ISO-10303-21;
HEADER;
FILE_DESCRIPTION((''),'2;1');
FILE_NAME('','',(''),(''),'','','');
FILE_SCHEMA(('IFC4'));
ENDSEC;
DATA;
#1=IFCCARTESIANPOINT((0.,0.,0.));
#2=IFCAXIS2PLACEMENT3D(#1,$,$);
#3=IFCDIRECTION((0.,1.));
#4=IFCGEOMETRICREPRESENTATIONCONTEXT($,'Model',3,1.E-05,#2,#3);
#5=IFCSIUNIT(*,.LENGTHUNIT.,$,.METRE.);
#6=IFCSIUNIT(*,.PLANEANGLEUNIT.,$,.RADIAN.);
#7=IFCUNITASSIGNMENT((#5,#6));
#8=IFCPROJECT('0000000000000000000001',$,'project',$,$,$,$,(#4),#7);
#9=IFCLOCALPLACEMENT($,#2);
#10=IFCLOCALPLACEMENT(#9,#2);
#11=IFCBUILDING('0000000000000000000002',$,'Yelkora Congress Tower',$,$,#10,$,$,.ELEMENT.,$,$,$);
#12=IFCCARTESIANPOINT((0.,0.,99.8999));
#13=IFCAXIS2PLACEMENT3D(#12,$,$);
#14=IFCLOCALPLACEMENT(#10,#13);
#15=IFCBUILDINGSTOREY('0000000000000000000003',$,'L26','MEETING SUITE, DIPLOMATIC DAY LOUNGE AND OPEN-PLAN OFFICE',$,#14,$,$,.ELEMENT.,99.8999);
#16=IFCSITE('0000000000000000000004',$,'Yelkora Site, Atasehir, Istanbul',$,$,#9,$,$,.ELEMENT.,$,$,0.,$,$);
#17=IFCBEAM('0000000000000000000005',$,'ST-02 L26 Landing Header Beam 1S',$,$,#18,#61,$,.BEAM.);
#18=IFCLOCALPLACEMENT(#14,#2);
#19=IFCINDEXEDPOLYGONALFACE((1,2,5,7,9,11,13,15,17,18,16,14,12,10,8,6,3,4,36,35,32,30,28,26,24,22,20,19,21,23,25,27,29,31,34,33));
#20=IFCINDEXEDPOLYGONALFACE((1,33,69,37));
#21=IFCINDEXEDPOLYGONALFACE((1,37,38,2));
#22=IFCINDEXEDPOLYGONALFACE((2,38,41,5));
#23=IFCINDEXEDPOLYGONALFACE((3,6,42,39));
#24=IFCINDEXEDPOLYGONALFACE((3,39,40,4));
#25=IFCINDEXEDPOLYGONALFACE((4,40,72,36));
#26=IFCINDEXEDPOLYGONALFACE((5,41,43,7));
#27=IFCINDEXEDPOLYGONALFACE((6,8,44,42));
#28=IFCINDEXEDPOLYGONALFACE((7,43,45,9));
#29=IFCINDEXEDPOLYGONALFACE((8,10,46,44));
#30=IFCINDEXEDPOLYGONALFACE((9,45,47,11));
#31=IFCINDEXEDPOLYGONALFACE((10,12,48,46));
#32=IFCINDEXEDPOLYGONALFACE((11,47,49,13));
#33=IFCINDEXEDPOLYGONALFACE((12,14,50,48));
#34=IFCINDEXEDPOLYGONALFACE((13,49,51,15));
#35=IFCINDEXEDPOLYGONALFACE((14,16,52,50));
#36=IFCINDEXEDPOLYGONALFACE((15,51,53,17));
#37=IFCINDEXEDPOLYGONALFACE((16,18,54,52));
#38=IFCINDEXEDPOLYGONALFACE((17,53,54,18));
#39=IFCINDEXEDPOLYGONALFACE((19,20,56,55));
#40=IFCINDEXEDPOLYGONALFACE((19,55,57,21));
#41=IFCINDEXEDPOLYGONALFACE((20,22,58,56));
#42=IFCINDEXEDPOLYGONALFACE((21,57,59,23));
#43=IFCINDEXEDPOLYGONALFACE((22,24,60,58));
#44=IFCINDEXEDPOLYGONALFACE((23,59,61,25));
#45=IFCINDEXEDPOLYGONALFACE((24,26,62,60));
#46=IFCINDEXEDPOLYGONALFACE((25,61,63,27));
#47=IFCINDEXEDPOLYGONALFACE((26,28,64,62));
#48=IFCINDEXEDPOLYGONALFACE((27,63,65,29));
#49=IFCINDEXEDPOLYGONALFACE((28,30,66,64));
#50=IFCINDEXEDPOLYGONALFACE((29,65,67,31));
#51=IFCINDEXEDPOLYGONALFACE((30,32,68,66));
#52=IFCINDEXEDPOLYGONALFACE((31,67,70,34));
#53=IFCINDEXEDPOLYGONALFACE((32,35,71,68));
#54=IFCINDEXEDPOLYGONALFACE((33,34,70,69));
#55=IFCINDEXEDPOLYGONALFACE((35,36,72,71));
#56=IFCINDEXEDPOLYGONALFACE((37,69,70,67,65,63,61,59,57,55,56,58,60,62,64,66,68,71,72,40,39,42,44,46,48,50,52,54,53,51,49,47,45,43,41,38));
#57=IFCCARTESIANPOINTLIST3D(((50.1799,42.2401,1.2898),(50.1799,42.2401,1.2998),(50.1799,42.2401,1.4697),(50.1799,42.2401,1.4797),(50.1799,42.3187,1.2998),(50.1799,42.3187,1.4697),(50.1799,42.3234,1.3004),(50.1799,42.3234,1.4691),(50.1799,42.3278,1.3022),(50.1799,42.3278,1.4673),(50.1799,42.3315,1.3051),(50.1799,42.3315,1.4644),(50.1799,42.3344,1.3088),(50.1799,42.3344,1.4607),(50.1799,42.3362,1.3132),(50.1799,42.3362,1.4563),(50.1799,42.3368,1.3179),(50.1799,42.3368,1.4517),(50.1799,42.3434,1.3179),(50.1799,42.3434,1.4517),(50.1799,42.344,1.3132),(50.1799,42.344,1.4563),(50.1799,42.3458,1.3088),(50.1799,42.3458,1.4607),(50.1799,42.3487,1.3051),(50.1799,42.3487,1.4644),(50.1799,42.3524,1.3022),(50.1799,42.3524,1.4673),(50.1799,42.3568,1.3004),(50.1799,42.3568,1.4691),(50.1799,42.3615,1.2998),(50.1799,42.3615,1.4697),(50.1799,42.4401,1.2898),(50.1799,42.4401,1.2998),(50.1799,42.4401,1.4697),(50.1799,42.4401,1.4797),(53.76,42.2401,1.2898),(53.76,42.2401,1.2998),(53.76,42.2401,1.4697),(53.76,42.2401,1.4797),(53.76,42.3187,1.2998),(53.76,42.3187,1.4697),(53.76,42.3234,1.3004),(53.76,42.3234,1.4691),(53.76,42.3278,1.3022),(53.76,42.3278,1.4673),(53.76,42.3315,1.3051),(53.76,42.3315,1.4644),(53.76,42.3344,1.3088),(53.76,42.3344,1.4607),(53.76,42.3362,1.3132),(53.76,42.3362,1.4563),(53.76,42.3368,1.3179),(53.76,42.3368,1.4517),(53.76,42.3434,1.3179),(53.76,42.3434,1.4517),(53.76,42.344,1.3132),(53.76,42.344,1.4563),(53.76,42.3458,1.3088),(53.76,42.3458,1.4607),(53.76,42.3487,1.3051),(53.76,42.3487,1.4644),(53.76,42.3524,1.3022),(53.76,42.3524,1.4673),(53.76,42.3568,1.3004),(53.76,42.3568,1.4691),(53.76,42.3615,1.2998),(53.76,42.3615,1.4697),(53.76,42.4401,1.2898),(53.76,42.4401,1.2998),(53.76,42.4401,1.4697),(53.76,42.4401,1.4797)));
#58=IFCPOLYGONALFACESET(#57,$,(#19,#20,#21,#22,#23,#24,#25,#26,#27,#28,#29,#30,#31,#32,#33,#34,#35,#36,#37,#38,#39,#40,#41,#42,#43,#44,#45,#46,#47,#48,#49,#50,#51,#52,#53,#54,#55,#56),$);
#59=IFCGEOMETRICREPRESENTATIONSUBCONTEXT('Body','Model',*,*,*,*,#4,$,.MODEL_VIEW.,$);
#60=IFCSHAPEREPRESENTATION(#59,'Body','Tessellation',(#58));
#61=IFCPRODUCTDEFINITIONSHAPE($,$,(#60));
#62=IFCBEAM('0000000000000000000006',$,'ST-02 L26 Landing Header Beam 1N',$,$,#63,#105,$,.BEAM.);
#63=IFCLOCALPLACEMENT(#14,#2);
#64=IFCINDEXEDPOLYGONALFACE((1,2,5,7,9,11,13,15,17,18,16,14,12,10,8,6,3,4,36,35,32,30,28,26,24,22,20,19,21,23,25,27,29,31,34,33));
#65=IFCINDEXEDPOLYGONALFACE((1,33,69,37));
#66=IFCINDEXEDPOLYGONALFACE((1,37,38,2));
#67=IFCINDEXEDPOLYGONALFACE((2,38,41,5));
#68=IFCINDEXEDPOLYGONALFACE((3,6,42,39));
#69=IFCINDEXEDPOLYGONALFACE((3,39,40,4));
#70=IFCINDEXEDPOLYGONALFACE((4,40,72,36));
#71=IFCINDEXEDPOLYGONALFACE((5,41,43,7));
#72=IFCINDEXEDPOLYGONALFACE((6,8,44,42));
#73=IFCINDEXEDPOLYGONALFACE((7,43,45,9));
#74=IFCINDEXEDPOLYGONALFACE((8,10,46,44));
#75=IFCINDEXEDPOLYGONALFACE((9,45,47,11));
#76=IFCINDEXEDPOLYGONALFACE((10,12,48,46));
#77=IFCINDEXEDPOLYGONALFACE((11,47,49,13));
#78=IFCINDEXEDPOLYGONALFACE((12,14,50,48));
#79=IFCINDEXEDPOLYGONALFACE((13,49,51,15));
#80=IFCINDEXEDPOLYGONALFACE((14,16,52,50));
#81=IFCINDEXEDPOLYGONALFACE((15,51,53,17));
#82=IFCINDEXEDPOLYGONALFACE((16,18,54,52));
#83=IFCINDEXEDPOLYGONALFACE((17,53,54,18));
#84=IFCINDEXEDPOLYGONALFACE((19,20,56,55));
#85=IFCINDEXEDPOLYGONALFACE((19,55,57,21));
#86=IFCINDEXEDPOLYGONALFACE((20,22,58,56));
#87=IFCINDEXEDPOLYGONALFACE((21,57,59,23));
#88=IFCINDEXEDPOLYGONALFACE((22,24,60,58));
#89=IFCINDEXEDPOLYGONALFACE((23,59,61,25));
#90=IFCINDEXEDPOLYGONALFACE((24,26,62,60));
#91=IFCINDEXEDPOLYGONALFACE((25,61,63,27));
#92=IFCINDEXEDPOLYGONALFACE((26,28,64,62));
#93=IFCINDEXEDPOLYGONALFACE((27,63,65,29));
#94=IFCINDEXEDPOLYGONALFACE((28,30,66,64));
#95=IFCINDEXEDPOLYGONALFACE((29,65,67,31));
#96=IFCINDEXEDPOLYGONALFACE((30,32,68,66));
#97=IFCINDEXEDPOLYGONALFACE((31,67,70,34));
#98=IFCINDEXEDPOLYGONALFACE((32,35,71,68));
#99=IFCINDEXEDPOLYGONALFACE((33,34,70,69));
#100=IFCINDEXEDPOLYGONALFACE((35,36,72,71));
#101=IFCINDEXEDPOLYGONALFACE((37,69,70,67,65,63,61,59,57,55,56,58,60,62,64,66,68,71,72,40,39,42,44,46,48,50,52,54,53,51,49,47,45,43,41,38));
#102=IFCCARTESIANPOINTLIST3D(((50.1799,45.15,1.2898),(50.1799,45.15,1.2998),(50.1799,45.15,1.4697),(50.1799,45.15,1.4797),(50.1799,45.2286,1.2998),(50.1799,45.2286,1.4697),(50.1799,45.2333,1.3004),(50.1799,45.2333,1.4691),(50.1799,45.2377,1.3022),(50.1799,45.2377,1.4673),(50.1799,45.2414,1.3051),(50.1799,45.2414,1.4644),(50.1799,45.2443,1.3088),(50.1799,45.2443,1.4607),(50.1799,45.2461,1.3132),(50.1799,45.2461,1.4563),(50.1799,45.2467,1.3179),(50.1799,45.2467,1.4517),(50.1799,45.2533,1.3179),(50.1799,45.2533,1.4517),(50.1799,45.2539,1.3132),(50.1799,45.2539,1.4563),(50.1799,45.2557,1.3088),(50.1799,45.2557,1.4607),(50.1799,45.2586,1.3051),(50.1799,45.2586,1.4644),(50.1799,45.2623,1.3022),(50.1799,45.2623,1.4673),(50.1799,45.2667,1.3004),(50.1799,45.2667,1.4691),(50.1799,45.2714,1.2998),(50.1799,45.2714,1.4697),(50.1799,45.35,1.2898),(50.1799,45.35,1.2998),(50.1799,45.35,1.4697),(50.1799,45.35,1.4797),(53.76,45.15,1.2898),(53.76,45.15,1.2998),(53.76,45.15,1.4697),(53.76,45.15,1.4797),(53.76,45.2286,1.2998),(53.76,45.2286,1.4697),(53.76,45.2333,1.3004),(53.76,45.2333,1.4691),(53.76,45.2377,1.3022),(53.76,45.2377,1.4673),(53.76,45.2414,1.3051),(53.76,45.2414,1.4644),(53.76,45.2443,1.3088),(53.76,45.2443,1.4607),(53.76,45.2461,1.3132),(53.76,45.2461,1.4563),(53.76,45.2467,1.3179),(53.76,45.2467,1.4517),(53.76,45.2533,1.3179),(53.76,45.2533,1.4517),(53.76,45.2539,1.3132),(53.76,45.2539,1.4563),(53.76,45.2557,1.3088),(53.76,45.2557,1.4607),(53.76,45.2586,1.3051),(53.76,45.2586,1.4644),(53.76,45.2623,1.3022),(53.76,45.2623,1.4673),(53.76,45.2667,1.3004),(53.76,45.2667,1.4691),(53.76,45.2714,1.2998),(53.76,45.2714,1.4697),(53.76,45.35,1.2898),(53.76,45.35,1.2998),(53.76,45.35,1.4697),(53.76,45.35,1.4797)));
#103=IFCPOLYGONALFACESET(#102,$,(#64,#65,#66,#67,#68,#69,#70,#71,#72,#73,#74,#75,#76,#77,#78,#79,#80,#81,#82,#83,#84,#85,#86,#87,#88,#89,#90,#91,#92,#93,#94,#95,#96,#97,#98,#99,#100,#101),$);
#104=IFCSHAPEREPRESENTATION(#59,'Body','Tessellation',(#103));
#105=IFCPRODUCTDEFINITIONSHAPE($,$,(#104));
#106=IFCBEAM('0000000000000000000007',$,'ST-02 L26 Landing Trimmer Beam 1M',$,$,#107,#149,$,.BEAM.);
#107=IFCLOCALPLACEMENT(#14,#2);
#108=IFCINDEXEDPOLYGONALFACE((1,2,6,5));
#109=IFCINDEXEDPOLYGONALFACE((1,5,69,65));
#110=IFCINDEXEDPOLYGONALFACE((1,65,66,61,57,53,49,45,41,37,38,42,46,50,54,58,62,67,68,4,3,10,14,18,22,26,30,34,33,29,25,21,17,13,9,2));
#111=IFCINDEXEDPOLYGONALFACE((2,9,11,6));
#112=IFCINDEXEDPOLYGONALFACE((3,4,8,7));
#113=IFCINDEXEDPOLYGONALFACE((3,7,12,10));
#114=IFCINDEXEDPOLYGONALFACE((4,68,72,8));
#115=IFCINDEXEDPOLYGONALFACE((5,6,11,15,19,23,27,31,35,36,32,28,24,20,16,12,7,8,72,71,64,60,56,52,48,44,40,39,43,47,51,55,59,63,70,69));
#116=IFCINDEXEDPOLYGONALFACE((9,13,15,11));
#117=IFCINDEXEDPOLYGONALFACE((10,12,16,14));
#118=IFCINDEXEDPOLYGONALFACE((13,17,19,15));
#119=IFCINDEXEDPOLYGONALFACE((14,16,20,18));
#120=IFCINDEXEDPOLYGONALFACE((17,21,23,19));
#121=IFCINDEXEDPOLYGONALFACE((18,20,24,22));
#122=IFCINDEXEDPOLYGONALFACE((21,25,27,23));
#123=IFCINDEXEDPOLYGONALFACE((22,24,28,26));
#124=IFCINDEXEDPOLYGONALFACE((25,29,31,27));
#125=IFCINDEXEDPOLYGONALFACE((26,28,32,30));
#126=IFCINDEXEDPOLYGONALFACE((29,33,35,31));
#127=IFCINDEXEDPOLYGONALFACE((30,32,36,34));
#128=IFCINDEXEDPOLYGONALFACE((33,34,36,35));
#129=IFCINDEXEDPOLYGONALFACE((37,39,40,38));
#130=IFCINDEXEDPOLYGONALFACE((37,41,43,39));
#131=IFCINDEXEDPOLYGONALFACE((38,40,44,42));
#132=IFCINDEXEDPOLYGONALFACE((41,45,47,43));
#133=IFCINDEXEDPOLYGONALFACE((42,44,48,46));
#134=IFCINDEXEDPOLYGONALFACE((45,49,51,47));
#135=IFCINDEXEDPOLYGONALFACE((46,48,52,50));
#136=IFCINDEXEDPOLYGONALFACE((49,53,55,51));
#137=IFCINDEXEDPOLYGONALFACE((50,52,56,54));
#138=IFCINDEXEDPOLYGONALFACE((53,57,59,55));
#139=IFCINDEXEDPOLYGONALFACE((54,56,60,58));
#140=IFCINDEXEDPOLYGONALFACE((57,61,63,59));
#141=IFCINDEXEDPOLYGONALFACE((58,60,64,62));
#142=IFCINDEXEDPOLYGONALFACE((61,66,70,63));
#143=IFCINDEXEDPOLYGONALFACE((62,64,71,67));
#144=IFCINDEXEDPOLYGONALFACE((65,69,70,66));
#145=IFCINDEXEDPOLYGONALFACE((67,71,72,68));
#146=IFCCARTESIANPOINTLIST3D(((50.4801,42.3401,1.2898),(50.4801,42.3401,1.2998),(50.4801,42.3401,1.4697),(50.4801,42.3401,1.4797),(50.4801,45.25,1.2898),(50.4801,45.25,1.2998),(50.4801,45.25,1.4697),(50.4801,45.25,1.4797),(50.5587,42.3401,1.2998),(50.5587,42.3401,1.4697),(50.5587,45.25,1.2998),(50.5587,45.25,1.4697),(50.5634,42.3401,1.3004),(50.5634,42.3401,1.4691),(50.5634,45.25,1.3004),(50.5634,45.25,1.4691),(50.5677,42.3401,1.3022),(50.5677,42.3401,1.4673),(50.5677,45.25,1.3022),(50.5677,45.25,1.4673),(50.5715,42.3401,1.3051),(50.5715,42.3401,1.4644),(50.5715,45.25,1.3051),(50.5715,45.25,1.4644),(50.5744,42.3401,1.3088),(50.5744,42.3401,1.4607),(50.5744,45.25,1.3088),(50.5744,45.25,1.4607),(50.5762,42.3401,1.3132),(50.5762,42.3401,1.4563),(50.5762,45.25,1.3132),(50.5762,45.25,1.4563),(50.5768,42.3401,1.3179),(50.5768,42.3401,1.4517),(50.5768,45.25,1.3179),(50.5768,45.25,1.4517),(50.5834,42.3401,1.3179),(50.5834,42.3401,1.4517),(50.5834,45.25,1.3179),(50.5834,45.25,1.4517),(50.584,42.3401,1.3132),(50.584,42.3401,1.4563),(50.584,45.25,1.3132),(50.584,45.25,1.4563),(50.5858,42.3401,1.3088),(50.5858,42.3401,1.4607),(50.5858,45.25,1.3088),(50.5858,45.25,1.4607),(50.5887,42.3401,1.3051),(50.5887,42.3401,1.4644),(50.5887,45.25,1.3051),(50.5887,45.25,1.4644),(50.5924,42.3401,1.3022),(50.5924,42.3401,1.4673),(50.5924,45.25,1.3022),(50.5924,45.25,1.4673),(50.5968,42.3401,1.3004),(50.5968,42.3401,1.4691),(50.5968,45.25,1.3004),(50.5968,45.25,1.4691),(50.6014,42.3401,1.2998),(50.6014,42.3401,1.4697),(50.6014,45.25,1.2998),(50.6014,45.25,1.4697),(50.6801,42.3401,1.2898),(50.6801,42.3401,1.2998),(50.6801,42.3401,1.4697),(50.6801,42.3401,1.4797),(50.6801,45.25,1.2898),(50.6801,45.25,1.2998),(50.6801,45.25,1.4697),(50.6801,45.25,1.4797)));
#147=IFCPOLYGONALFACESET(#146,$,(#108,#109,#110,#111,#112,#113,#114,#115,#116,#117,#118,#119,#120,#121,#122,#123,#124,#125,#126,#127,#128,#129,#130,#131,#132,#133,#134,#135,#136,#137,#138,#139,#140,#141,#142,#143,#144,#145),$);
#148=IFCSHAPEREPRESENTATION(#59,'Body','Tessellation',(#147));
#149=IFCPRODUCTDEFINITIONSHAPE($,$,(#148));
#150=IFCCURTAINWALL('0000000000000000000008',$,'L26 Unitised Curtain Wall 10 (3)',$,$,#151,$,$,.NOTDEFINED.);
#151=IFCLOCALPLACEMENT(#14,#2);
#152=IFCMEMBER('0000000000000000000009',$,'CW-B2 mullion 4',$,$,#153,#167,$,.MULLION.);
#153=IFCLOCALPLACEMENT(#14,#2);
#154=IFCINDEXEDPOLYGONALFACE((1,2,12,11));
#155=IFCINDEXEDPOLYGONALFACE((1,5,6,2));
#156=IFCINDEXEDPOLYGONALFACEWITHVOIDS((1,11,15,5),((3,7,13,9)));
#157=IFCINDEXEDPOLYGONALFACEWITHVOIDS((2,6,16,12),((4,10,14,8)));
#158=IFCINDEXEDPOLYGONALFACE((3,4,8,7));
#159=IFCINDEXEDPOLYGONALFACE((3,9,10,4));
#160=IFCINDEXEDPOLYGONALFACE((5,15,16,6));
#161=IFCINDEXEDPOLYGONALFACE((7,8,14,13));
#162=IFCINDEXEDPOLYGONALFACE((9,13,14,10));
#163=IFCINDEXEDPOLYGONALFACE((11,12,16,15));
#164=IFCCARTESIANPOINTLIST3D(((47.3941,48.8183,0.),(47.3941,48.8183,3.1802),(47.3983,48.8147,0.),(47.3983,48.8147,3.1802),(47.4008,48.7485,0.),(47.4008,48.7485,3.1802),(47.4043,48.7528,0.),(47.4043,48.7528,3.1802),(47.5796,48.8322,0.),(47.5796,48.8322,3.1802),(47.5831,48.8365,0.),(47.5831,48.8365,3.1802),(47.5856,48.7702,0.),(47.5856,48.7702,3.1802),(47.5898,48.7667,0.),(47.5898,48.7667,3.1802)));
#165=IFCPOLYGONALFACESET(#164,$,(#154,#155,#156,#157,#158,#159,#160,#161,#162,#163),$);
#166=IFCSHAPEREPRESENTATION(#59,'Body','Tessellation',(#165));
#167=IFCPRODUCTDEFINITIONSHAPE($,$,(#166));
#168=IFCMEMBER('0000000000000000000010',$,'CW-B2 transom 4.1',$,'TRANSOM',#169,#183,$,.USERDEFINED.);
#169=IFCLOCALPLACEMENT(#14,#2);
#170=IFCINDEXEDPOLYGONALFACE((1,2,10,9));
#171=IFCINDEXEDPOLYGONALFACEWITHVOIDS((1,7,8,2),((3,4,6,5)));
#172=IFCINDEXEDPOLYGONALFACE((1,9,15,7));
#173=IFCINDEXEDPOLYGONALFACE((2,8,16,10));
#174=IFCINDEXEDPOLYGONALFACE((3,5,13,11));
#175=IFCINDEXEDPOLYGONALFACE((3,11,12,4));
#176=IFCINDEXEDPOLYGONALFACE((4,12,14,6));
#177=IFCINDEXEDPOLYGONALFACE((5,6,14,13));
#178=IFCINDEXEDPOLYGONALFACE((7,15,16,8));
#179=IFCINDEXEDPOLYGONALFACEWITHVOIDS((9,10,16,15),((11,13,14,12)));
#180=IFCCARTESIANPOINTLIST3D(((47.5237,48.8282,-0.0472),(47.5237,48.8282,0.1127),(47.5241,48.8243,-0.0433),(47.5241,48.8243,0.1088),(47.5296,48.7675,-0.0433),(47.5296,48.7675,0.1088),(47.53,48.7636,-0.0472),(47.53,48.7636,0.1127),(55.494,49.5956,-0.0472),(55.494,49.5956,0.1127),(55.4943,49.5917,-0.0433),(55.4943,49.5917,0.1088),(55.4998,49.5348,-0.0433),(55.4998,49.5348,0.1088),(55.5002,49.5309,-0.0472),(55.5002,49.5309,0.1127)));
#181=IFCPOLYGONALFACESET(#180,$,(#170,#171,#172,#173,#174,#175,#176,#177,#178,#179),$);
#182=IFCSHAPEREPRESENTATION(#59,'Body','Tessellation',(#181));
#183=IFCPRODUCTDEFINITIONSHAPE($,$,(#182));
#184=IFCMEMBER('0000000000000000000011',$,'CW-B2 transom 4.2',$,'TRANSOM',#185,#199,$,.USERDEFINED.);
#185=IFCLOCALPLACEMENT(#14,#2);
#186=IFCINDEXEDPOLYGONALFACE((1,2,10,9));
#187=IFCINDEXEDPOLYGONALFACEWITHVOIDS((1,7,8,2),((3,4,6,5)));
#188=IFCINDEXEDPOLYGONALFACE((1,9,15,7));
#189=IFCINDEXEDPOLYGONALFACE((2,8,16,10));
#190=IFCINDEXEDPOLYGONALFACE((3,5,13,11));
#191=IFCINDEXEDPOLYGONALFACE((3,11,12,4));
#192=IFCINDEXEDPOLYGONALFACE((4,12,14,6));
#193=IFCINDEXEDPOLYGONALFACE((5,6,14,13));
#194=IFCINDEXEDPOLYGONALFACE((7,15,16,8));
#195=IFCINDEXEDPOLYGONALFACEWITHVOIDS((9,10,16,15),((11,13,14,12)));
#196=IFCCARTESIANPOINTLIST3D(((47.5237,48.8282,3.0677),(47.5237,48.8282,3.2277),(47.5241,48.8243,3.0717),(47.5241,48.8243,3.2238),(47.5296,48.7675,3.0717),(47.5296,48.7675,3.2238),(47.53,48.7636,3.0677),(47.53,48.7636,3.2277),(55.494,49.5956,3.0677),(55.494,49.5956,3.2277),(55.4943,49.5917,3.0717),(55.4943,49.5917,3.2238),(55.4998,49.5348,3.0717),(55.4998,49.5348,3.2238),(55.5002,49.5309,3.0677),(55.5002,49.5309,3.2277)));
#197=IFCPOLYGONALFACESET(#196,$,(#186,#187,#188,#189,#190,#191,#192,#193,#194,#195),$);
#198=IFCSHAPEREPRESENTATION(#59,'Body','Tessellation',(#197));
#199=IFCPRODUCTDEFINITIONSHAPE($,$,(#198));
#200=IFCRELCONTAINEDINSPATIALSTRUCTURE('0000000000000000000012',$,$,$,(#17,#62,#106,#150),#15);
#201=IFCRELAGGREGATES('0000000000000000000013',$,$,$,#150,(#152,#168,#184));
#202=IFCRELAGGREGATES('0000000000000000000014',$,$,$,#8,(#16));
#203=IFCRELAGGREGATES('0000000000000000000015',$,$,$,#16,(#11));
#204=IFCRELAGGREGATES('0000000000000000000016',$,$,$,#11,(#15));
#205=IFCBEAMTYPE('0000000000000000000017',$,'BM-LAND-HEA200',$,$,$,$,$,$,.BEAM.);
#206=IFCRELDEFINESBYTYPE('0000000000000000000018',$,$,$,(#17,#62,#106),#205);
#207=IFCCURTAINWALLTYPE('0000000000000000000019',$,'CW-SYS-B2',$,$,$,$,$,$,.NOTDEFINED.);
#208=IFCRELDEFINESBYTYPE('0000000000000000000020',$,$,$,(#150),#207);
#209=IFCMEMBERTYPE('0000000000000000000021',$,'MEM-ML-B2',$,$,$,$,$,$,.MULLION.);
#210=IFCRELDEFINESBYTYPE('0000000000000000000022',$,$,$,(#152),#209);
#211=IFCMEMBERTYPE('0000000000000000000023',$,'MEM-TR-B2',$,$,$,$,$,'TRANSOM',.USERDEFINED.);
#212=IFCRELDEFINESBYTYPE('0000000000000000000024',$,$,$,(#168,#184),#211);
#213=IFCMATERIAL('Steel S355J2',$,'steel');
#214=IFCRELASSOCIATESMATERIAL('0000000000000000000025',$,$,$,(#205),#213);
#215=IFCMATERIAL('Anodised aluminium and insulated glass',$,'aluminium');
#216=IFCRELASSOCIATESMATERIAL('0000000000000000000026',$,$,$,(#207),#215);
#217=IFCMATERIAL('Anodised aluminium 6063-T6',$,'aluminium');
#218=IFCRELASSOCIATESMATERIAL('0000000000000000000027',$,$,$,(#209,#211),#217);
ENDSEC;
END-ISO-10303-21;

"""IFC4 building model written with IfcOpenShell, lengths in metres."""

from ifc_helpers import new_model, si_unit, direction, frame, origin, origin_2d, place, context, subcontext, project, spatial, hollow_rectangle, i_section, extrude, material, material_profile, profile_set, type_object, element, aggregate, save


model = new_model("IFC4")

# Units and contexts
model_context = context("Model", 3, precision=1e-05, world=origin(), true_north=direction((0.0, 1.0)))
body_context = subcontext(model_context, "Body", "Model", "MODEL_VIEW")
ifc_project = project(units=[si_unit("LENGTHUNIT", "METRE"), si_unit("PLANEANGLEUNIT", "RADIAN")], contexts=[model_context])

# Site, building, storey
site_placement = place(None, origin())
site = spatial("IfcSite", under=ifc_project, at=site_placement, Name="Yelkora Site, Atasehir, Istanbul", CompositionType="ELEMENT", RefElevation=0.0)
building_placement = place(site_placement, origin())
building = spatial("IfcBuilding", under=site, at=building_placement, Name="Yelkora Congress Tower", CompositionType="ELEMENT")
storey_placement = place(building_placement, frame((0.0, 0.0, 99.8999)))
storey = spatial("IfcBuildingStorey", under=building, at=storey_placement, Name="L26", Description="MEETING SUITE, DIPLOMATIC DAY LOUNGE AND OPEN-PLAN OFFICE", CompositionType="ELEMENT", Elevation=99.8999)

# Beams
ifc_material_1 = material(Name="Steel S355J2", Category="steel")
ifc_material_profile_1 = material_profile(ifc_material_1, i_section(OverallWidth=0.2, OverallDepth=0.1899, WebThickness=0.0066, FlangeThickness=0.01, FilletRadius=0.0181, at=origin_2d()), Name="HEA 200")
ifc_profile_set_1 = profile_set([ifc_material_profile_1], Name="Steel S355J2")
beam_type_1 = type_object("IfcBeamType", Name="BM-LAND-HEA200", PredefinedType="BEAM", material=ifc_profile_set_1)
for number, where, z_axis, x_axis, name in (
    (1, (50.1799, 42.3401, 1.3848), (1.0, 0.0, 0.0), (0.0, 1.0, 0.0), "ST-02 L26 Landing Header Beam 1S"),
    (2, (50.1799, 45.25, 1.3848), (1.0, 0.0, 0.0), (0.0, 1.0, 0.0), "ST-02 L26 Landing Header Beam 1N"),
):
    element("IfcBeam", number, at=place(storey_placement, frame(where, z_axis=z_axis, x_axis=x_axis)), inside=storey, type_object=beam_type_1, Name=name, PredefinedType="BEAM", context=body_context, shape_type="SweptSolid", body=[
        extrude(i_section(OverallWidth=0.2, OverallDepth=0.1899, WebThickness=0.0066, FlangeThickness=0.01, FilletRadius=0.0181, at=origin_2d()), origin(), (0.0, 0.0, 1.0), 3.5801),
    ])
beam_1_placement = place(storey_placement, frame((50.5801, 42.3401, 1.3848), z_axis=(0.0, 1.0, 0.0), x_axis=(-1.0, 0.0, 0.0)))
element("IfcBeam", 3, at=beam_1_placement, inside=storey, type_object=beam_type_1, Name="ST-02 L26 Landing Trimmer Beam 1M", PredefinedType="BEAM", context=body_context, shape_type="SweptSolid", body=[
    extrude(i_section(OverallWidth=0.2, OverallDepth=0.1899, WebThickness=0.0066, FlangeThickness=0.01, FilletRadius=0.0181, at=origin_2d()), origin(), (0.0, 0.0, 1.0), 2.9099),
])

# Curtain wall, members
ifc_material_2 = material(Name="Anodised aluminium and insulated glass", Category="aluminium")
curtain_wall_type = type_object("IfcCurtainWallType", Name="CW-SYS-B2", PredefinedType="NOTDEFINED", material=ifc_material_2)
curtain_wall_placement = place(storey_placement, origin())
curtain_wall = element("IfcCurtainWall", 4, at=curtain_wall_placement, inside=storey, type_object=curtain_wall_type, Name="L26 Unitised Curtain Wall 10 (3)", PredefinedType="NOTDEFINED")
ifc_material_3 = material(Name="Anodised aluminium 6063-T6", Category="aluminium")
ifc_material_profile_2 = material_profile(ifc_material_3, hollow_rectangle(XDim=0.0701, YDim=0.1899, WallThickness=0.0039, at=origin_2d()), Name="ALU 70x190x4")
ifc_profile_set_2 = profile_set([ifc_material_profile_2], Name="Anodised aluminium 6063-T6")
member_type_1 = type_object("IfcMemberType", Name="MEM-ML-B2", PredefinedType="MULLION", material=ifc_profile_set_2)
member_1_placement = place(storey_placement, frame((47.4919, 48.7925, 0.0), z_axis=(0.0, 0.0, 1.0), x_axis=(-0.095844, 0.995396, 0.0)))
member_1 = element("IfcMember", 5, at=member_1_placement, type_object=member_type_1, Name="CW-B2 mullion 4", PredefinedType="MULLION", context=body_context, shape_type="SweptSolid", body=[
    extrude(hollow_rectangle(XDim=0.0701, YDim=0.1899, WallThickness=0.0039, at=origin_2d()), origin(), (0.0, 0.0, 1.0), 3.1802),
])
ifc_material_profile_3 = material_profile(ifc_material_3, hollow_rectangle(XDim=0.0649, YDim=0.1599, WallThickness=0.0039, at=origin_2d()), Name="ALU 65x160x4")
ifc_profile_set_3 = profile_set([ifc_material_profile_3], Name="Anodised aluminium 6063-T6")
member_type_2 = type_object("IfcMemberType", Name="MEM-TR-B2", ElementType="TRANSOM", PredefinedType="USERDEFINED", material=ifc_profile_set_3)
member_2_placement = place(storey_placement, frame((47.5269, 48.7959, 0.0327), z_axis=(0.995398, 0.095832, 0.0), x_axis=(-0.095832, 0.995398, 0.0)))
member_2 = element("IfcMember", 6, at=member_2_placement, type_object=member_type_2, Name="CW-B2 transom 4.1", ObjectType="TRANSOM", PredefinedType="USERDEFINED", context=body_context, shape_type="SweptSolid", body=[
    extrude(hollow_rectangle(XDim=0.0649, YDim=0.1599, WallThickness=0.0039, at=origin_2d()), origin(), (0.0, 0.0, 1.0), 8.0071),
])
member_3_placement = place(storey_placement, frame((47.5269, 48.7959, 3.1477), z_axis=(0.995398, 0.095832, 0.0), x_axis=(-0.095832, 0.995398, 0.0)))
member_3 = element("IfcMember", 7, at=member_3_placement, type_object=member_type_2, Name="CW-B2 transom 4.2", ObjectType="TRANSOM", PredefinedType="USERDEFINED", context=body_context, shape_type="SweptSolid", body=[
    extrude(hollow_rectangle(XDim=0.0649, YDim=0.1599, WallThickness=0.0039, at=origin_2d()), origin(), (0.0, 0.0, 1.0), 8.0071),
])
aggregate(curtain_wall, [member_1, member_2, member_3])

save(model, "model.ifc")
